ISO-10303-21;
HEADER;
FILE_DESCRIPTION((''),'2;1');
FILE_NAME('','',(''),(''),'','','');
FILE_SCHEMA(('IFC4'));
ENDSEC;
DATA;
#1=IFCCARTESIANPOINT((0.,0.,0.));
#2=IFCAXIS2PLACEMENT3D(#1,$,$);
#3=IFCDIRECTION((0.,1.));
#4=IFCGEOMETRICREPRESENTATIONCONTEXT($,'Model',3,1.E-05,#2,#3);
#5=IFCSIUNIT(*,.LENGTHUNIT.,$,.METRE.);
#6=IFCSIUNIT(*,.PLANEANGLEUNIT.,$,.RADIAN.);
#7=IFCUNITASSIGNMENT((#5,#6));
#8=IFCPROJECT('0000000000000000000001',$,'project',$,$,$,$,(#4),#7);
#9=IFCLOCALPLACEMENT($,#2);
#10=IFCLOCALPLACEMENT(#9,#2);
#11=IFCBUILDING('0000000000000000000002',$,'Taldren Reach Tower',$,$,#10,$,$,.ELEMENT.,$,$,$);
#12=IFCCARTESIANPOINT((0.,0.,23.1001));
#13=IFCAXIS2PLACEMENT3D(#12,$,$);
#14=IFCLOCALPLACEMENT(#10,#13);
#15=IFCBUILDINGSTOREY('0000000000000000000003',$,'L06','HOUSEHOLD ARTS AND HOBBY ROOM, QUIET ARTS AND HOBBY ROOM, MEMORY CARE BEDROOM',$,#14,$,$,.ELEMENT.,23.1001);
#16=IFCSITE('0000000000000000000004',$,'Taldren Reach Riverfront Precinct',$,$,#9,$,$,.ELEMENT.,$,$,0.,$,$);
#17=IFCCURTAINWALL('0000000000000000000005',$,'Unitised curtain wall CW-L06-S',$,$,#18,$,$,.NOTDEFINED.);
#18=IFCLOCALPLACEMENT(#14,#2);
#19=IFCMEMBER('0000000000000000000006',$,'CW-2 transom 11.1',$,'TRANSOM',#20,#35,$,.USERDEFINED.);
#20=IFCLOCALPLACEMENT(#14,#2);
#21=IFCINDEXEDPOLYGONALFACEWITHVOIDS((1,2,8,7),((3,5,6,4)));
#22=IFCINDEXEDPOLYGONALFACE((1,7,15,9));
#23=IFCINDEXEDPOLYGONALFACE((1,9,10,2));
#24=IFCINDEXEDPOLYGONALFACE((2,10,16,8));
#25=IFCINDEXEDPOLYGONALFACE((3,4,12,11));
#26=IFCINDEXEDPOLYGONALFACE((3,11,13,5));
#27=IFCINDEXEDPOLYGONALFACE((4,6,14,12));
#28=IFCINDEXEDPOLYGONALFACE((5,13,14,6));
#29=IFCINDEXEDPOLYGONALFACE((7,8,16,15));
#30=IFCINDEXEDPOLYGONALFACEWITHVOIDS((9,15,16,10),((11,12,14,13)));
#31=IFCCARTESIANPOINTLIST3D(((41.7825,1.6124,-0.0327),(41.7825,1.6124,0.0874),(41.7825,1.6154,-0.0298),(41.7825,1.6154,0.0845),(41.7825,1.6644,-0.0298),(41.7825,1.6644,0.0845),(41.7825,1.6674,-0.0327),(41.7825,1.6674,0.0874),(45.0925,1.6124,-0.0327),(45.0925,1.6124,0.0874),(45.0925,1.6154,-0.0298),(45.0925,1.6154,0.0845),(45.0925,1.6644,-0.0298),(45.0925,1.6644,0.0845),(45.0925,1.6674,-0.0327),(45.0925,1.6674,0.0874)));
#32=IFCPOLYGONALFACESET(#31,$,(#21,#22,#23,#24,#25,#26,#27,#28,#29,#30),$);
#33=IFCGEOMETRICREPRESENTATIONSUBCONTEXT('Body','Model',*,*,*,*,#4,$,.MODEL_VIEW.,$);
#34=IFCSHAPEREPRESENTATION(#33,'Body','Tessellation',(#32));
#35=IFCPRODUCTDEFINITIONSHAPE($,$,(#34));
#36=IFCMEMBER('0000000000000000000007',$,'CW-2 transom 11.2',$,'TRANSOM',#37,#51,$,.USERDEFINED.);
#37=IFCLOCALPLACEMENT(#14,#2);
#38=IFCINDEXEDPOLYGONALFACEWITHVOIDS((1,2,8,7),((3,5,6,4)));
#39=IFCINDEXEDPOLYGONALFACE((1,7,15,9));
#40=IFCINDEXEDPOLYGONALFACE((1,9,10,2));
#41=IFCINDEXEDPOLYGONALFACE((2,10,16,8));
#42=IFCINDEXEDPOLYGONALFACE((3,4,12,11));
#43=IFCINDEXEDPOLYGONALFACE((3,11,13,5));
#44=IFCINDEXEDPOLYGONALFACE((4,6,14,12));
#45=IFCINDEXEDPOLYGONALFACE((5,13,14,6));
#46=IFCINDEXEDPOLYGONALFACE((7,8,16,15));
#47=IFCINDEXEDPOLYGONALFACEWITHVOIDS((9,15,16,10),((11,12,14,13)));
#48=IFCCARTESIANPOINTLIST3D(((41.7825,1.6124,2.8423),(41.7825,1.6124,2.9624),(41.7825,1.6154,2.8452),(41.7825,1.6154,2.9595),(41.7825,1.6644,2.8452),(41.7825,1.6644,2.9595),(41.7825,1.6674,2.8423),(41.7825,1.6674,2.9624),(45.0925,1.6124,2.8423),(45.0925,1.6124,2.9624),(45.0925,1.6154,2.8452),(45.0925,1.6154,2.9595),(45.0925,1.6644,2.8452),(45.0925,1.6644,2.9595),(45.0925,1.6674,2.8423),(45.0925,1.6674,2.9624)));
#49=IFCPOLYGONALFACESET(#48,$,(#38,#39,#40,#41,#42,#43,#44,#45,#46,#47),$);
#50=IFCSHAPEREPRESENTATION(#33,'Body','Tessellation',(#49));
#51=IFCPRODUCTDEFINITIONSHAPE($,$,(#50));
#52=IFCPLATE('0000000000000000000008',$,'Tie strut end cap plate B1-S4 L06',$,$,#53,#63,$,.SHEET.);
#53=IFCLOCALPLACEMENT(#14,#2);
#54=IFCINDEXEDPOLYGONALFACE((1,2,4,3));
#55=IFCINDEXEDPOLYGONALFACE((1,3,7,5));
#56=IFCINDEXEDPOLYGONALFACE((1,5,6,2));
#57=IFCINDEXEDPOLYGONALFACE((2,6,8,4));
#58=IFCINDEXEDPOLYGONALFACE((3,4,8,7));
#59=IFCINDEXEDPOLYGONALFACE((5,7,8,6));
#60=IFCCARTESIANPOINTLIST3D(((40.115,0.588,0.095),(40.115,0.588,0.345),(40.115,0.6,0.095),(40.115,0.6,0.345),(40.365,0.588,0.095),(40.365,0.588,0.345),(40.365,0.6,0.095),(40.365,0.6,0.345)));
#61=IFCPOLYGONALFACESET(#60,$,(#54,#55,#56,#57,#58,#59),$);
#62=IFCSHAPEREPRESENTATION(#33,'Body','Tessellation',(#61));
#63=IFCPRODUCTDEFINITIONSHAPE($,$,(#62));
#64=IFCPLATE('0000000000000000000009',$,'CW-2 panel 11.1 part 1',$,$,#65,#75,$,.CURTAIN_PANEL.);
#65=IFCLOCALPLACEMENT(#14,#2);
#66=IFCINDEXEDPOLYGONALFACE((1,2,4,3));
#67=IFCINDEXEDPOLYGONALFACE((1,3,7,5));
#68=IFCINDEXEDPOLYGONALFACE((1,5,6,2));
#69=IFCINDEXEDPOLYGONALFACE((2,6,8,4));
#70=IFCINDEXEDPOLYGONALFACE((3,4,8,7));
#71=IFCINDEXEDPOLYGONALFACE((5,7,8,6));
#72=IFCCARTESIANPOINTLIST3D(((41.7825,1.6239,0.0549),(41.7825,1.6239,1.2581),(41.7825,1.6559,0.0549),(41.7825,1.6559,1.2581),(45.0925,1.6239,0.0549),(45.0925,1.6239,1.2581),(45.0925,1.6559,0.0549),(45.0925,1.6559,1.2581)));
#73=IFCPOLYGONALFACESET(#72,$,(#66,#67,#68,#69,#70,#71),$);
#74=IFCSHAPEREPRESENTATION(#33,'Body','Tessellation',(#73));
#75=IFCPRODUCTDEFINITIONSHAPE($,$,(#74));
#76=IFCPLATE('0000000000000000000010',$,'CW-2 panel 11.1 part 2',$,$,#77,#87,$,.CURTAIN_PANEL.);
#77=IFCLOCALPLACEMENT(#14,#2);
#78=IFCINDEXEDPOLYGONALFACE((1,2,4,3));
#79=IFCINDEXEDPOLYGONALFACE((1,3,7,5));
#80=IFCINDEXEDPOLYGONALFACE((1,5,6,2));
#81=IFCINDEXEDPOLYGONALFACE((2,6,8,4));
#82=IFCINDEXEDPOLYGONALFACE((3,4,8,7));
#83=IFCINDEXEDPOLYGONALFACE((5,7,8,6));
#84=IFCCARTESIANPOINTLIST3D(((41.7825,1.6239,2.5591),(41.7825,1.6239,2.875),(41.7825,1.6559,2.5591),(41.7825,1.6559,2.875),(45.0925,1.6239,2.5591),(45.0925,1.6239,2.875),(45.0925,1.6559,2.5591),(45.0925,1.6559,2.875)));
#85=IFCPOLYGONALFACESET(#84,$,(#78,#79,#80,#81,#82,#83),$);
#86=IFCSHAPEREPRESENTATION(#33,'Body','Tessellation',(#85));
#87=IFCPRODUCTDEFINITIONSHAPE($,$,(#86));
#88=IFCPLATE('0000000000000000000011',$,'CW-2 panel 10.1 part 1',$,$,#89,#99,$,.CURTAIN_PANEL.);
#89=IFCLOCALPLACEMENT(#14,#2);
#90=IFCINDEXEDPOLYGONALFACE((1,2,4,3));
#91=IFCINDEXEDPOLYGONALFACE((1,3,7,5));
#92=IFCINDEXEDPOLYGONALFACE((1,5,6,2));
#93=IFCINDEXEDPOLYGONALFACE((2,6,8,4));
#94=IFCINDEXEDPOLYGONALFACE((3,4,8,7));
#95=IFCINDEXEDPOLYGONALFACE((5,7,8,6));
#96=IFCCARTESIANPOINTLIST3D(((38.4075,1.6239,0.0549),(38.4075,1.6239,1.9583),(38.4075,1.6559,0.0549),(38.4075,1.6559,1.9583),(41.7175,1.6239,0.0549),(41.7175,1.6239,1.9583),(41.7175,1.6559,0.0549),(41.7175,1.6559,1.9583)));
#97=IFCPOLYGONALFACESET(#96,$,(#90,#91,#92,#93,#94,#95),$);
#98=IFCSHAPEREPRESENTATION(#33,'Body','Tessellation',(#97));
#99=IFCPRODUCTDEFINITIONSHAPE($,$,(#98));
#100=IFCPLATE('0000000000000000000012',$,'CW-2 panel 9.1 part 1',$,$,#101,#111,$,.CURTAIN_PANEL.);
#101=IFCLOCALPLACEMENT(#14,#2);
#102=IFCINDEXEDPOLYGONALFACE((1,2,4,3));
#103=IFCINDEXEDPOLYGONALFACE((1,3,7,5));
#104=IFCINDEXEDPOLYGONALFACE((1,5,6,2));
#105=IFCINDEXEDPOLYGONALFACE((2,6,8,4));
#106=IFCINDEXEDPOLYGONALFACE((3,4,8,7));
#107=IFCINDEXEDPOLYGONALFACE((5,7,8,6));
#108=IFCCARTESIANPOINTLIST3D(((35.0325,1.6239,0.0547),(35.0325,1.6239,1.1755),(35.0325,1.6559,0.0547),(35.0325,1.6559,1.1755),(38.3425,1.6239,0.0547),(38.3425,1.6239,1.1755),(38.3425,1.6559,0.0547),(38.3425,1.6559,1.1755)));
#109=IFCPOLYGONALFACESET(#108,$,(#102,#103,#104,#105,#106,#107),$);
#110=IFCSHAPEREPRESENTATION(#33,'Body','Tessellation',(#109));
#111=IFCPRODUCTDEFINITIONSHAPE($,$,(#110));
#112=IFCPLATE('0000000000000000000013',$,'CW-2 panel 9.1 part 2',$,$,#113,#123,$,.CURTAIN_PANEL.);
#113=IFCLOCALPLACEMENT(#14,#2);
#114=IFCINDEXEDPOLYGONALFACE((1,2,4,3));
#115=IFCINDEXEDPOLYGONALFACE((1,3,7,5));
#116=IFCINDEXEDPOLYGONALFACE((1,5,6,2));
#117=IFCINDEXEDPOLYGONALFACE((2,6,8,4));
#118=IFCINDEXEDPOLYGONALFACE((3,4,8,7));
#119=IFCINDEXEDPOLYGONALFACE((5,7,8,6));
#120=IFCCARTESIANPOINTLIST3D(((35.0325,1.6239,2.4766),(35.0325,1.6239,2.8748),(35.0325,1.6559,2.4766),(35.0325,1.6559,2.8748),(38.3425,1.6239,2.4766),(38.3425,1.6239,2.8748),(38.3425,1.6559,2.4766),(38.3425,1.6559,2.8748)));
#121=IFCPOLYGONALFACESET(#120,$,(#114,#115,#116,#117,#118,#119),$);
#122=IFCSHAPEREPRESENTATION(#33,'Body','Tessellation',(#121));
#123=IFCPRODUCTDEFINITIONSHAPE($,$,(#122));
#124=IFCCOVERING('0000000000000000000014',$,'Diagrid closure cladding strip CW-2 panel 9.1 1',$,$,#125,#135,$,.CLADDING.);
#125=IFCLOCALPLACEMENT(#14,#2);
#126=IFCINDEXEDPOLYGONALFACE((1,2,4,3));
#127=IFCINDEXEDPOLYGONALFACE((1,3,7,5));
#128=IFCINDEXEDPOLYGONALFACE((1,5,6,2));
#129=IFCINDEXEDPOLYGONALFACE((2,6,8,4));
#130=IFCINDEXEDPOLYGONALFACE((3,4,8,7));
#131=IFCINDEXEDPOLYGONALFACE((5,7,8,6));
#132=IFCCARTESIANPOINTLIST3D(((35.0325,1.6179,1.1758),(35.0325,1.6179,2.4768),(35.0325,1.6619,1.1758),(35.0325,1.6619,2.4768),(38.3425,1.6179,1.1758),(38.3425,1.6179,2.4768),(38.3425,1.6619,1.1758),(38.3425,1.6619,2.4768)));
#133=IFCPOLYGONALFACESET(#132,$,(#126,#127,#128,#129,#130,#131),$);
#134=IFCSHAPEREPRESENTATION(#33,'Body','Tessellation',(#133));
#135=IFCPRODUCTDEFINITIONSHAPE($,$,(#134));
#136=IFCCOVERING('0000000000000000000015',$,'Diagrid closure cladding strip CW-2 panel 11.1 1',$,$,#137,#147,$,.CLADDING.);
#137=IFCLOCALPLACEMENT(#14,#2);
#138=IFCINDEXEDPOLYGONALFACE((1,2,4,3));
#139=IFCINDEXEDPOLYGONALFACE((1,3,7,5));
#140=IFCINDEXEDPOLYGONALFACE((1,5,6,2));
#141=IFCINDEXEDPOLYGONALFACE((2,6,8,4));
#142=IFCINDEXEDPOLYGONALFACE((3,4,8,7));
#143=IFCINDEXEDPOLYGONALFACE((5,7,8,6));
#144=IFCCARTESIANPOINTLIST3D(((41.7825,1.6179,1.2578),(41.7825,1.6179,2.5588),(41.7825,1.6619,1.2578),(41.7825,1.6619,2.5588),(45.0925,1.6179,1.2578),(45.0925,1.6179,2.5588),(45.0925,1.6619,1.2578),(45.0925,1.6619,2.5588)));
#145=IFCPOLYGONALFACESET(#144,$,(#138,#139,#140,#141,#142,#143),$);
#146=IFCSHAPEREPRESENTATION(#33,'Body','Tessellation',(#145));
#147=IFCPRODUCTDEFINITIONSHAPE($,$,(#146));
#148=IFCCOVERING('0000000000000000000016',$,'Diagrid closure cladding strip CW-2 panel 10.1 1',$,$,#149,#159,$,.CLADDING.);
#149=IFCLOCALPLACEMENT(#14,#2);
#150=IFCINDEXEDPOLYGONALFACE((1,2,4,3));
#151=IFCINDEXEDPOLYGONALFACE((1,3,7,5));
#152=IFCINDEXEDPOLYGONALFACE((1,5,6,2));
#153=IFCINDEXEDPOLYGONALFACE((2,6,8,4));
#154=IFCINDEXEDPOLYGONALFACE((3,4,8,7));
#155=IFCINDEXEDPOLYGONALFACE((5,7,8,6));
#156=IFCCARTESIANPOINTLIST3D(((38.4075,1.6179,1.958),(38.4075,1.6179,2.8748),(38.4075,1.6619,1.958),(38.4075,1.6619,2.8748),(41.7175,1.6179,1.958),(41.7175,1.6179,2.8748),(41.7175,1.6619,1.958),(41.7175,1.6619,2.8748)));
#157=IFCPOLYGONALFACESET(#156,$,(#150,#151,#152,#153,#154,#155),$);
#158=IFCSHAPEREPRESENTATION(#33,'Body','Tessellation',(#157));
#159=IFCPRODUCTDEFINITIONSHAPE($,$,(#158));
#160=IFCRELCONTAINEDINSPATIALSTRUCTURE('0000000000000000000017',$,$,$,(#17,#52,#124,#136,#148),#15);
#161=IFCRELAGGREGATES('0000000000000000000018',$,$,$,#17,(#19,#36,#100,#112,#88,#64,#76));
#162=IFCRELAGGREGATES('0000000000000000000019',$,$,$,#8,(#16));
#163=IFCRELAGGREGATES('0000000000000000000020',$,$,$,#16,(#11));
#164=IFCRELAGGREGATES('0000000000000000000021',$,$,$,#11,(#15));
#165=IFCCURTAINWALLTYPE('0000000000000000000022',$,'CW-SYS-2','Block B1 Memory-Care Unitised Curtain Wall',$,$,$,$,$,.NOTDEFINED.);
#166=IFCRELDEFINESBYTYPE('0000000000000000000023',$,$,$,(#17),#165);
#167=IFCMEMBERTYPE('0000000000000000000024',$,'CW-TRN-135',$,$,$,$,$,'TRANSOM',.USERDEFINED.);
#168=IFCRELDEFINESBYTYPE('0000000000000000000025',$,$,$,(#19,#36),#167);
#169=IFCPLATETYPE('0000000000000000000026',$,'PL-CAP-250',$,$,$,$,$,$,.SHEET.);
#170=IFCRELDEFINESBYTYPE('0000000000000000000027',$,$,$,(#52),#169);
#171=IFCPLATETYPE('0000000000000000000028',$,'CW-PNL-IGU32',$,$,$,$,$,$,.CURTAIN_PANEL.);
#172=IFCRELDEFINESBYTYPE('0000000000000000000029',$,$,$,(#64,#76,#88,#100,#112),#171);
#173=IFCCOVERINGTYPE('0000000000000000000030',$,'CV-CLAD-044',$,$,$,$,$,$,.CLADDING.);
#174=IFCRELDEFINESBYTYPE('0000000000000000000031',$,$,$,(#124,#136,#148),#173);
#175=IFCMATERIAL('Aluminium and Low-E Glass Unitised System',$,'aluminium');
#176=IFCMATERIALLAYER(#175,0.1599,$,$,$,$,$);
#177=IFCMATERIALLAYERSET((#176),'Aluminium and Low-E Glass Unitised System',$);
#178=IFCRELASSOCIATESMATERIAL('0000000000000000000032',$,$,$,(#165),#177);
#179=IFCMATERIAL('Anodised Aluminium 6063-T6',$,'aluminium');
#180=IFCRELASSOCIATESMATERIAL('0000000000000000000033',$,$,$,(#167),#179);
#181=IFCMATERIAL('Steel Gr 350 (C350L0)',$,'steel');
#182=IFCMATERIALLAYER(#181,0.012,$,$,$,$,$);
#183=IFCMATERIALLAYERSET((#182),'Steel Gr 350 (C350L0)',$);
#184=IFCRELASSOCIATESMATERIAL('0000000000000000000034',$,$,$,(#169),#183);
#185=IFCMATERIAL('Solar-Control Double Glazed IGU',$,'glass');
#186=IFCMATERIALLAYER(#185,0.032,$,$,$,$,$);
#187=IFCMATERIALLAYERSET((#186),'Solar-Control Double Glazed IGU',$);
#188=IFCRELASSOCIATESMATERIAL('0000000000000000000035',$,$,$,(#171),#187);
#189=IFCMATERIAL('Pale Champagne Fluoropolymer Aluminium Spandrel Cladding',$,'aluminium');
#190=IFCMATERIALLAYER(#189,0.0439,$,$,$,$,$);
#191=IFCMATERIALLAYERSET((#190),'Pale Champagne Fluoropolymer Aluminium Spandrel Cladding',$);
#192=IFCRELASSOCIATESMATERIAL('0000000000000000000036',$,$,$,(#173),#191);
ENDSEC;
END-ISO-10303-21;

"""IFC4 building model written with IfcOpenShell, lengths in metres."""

from ifc_helpers import new_model, si_unit, direction, frame, origin, origin_2d, place, context, subcontext, project, spatial, rectangle, hollow_rectangle, extrude, source, transform, mapped, material, layer, layer_set, material_profile, profile_set, type_object, element, aggregate, save


model = new_model("IFC4")

# Units and contexts
model_context = context("Model", 3, precision=1e-05, world=origin(), true_north=direction((0.0, 1.0)))
body_context = subcontext(model_context, "Body", "Model", "MODEL_VIEW")
ifc_project = project(units=[si_unit("LENGTHUNIT", "METRE"), si_unit("PLANEANGLEUNIT", "RADIAN")], contexts=[model_context])

# Site, building, storey
site_placement = place(None, origin())
site = spatial("IfcSite", under=ifc_project, at=site_placement, Name="Taldren Reach Riverfront Precinct", CompositionType="ELEMENT", RefElevation=0.0)
building_placement = place(site_placement, origin())
building = spatial("IfcBuilding", under=site, at=building_placement, Name="Taldren Reach Tower", CompositionType="ELEMENT")
storey_placement = place(building_placement, frame((0.0, 0.0, 23.1001)))
storey = spatial("IfcBuildingStorey", under=building, at=storey_placement, Name="L06", Description="HOUSEHOLD ARTS AND HOBBY ROOM, QUIET ARTS AND HOBBY ROOM, MEMORY CARE BEDROOM", CompositionType="ELEMENT", Elevation=23.1001)

# Shared definitions
ifc_material_1 = material(Name="Steel Gr 350 (C350L0)", Category="steel")

# Curtain wall, members
ifc_material_2 = material(Name="Aluminium and Low-E Glass Unitised System", Category="aluminium")
ifc_layer_1 = layer(ifc_material_2, 0.1599)
ifc_layer_set_1 = layer_set([ifc_layer_1], Name="Aluminium and Low-E Glass Unitised System")
curtain_wall_type = type_object("IfcCurtainWallType", Name="CW-SYS-2", Description="Block B1 Memory-Care Unitised Curtain Wall", PredefinedType="NOTDEFINED", material=ifc_layer_set_1)
curtain_wall_placement = place(storey_placement, origin())
curtain_wall = element("IfcCurtainWall", 1, at=curtain_wall_placement, inside=storey, type_object=curtain_wall_type, Name="Unitised curtain wall CW-L06-S", PredefinedType="NOTDEFINED")
ifc_material_3 = material(Name="Anodised Aluminium 6063-T6", Category="aluminium")
ifc_material_profile_1 = material_profile(ifc_material_3, hollow_rectangle(XDim=0.0549, YDim=0.1201, WallThickness=0.0029, at=origin_2d()), Name="ALU-120x55x3RHS")
ifc_profile_set_1 = profile_set([ifc_material_profile_1], Name="Anodised Aluminium 6063-T6")
member_type_1 = type_object("IfcMemberType", Name="CW-TRN-135", ElementType="TRANSOM", PredefinedType="USERDEFINED", material=ifc_profile_set_1)
shared_shape_1 = source(origin(), body_context, "Body", "SweptSolid", [
    extrude(hollow_rectangle(XDim=0.0549, YDim=0.1201, WallThickness=0.0029, at=origin_2d()), origin(), (0.0, 0.0, 1.0), 3.3101),
])
member_1_placement = place(storey_placement, frame((41.7825, 1.6399, 0.0273), z_axis=(1.0, 0.0, 0.0), x_axis=(0.0, 1.0, 0.0)))
member_1 = element("IfcMember", 2, at=member_1_placement, type_object=member_type_1, Name="CW-2 transom 11.1", ObjectType="TRANSOM", PredefinedType="USERDEFINED", context=body_context, shape_type="MappedRepresentation", body=[
    mapped(shared_shape_1, transform((0.0, 0.0, 0.0), scale=1.0)),
])
member_2_placement = place(storey_placement, frame((41.7825, 1.6399, 2.9023), z_axis=(1.0, 0.0, 0.0), x_axis=(0.0, 1.0, 0.0)))
member_2 = element("IfcMember", 3, at=member_2_placement, type_object=member_type_1, Name="CW-2 transom 11.2", ObjectType="TRANSOM", PredefinedType="USERDEFINED", context=body_context, shape_type="MappedRepresentation", body=[
    mapped(shared_shape_1, transform((0.0, 0.0, 0.0), scale=1.0)),
])

# Plates
ifc_layer_2 = layer(ifc_material_1, 0.012)
ifc_layer_set_2 = layer_set([ifc_layer_2], Name="Steel Gr 350 (C350L0)")
plate_type_1 = type_object("IfcPlateType", Name="PL-CAP-250", PredefinedType="SHEET", material=ifc_layer_set_2)
shared_shape_2 = source(origin(), body_context, "Body", "SweptSolid", [
    extrude(rectangle(XDim=0.25, YDim=0.012, at=origin_2d()), origin(), (0.0, 0.0, 1.0), 0.25),
])
plate_1_placement = place(storey_placement, frame((40.24, 0.594, 0.095), z_axis=(0.0, 0.0, 1.0), x_axis=(1.0, 0.0, 0.0)))
element("IfcPlate", 4, at=plate_1_placement, inside=storey, type_object=plate_type_1, Name="Tie strut end cap plate B1-S4 L06", PredefinedType="SHEET", context=body_context, shape_type="MappedRepresentation", body=[
    mapped(shared_shape_2, transform((0.0, 0.0, 0.0), scale=1.0)),
])
ifc_material_4 = material(Name="Solar-Control Double Glazed IGU", Category="glass")
ifc_layer_3 = layer(ifc_material_4, 0.032)
ifc_layer_set_3 = layer_set([ifc_layer_3], Name="Solar-Control Double Glazed IGU")
plate_type_2 = type_object("IfcPlateType", Name="CW-PNL-IGU32", PredefinedType="CURTAIN_PANEL", material=ifc_layer_set_3)
shared_shape_3 = source(origin(), body_context, "Body", "SweptSolid", [
    extrude(rectangle(XDim=3.3101, YDim=0.032, at=origin_2d()), origin(), (0.0, 0.0, 1.0), 1.2031),
])
plate_2_placement = place(storey_placement, frame((43.4375, 1.6399, 0.0549), z_axis=(0.0, 0.0, 1.0), x_axis=(1.0, 0.0, 0.0)))
plate_2 = element("IfcPlate", 5, at=plate_2_placement, type_object=plate_type_2, Name="CW-2 panel 11.1 part 1", PredefinedType="CURTAIN_PANEL", context=body_context, shape_type="MappedRepresentation", body=[
    mapped(shared_shape_3, transform((0.0, 0.0, 0.0), scale=1.0)),
])
shared_shape_4 = source(origin(), body_context, "Body", "SweptSolid", [
    extrude(rectangle(XDim=3.3101, YDim=0.032, at=origin_2d()), origin(), (0.0, 0.0, 1.0), 0.3159),
])
plate_3_placement = place(storey_placement, frame((43.4375, 1.6399, 2.5591), z_axis=(0.0, 0.0, 1.0), x_axis=(1.0, 0.0, 0.0)))
plate_3 = element("IfcPlate", 6, at=plate_3_placement, type_object=plate_type_2, Name="CW-2 panel 11.1 part 2", PredefinedType="CURTAIN_PANEL", context=body_context, shape_type="MappedRepresentation", body=[
    mapped(shared_shape_4, transform((0.0, 0.0, 0.0), scale=1.0)),
])
shared_shape_5 = source(origin(), body_context, "Body", "SweptSolid", [
    extrude(rectangle(XDim=3.3101, YDim=0.032, at=origin_2d()), origin(), (0.0, 0.0, 1.0), 1.9033),
])
plate_4_placement = place(storey_placement, frame((40.0625, 1.6399, 0.0549), z_axis=(0.0, 0.0, 1.0), x_axis=(1.0, 0.0, 0.0)))
plate_4 = element("IfcPlate", 7, at=plate_4_placement, type_object=plate_type_2, Name="CW-2 panel 10.1 part 1", PredefinedType="CURTAIN_PANEL", context=body_context, shape_type="MappedRepresentation", body=[
    mapped(shared_shape_5, transform((0.0, 0.0, 0.0), scale=1.0)),
])
shared_shape_6 = source(origin(), body_context, "Body", "SweptSolid", [
    extrude(rectangle(XDim=3.3101, YDim=0.032, at=origin_2d()), origin(), (0.0, 0.0, 1.0), 1.1208),
])
plate_5_placement = place(storey_placement, frame((36.6875, 1.6399, 0.0547), z_axis=(0.0, 0.0, 1.0), x_axis=(1.0, 0.0, 0.0)))
plate_5 = element("IfcPlate", 8, at=plate_5_placement, type_object=plate_type_2, Name="CW-2 panel 9.1 part 1", PredefinedType="CURTAIN_PANEL", context=body_context, shape_type="MappedRepresentation", body=[
    mapped(shared_shape_6, transform((0.0, 0.0, 0.0), scale=1.0)),
])
shared_shape_7 = source(origin(), body_context, "Body", "SweptSolid", [
    extrude(rectangle(XDim=3.3101, YDim=0.032, at=origin_2d()), origin(), (0.0, 0.0, 1.0), 0.3982),
])
plate_6_placement = place(storey_placement, frame((36.6875, 1.6399, 2.4766), z_axis=(0.0, 0.0, 1.0), x_axis=(1.0, 0.0, 0.0)))
plate_6 = element("IfcPlate", 9, at=plate_6_placement, type_object=plate_type_2, Name="CW-2 panel 9.1 part 2", PredefinedType="CURTAIN_PANEL", context=body_context, shape_type="MappedRepresentation", body=[
    mapped(shared_shape_7, transform((0.0, 0.0, 0.0), scale=1.0)),
])
aggregate(curtain_wall, [member_1, member_2, plate_5, plate_6, plate_4, plate_2, plate_3])

# Coverings
ifc_material_5 = material(Name="Pale Champagne Fluoropolymer Aluminium Spandrel Cladding", Category="aluminium")
ifc_layer_4 = layer(ifc_material_5, 0.0439)
ifc_layer_set_4 = layer_set([ifc_layer_4], Name="Pale Champagne Fluoropolymer Aluminium Spandrel Cladding")
covering_type = type_object("IfcCoveringType", Name="CV-CLAD-044", PredefinedType="CLADDING", material=ifc_layer_set_4)
shared_shape_8 = source(origin(), body_context, "Body", "SweptSolid", [
    extrude(rectangle(XDim=3.3101, YDim=0.0439, at=origin_2d()), origin(), (0.0, 0.0, 1.0), 1.301),
])
for number, where, z_axis, x_axis, name in (
    (10, (36.6875, 1.6399, 1.1758), (0.0, 0.0, 1.0), (1.0, 0.0, 0.0), "Diagrid closure cladding strip CW-2 panel 9.1 1"),
    (11, (43.4375, 1.6399, 1.2578), (0.0, 0.0, 1.0), (1.0, 0.0, 0.0), "Diagrid closure cladding strip CW-2 panel 11.1 1"),
):
    element("IfcCovering", number, at=place(storey_placement, frame(where, z_axis=z_axis, x_axis=x_axis)), inside=storey, type_object=covering_type, Name=name, PredefinedType="CLADDING", context=body_context, shape_type="MappedRepresentation", body=[
        mapped(shared_shape_8, transform((0.0, 0.0, 0.0), scale=1.0)),
    ])
shared_shape_9 = source(origin(), body_context, "Body", "SweptSolid", [
    extrude(rectangle(XDim=3.3101, YDim=0.0439, at=origin_2d()), origin(), (0.0, 0.0, 1.0), 0.9167),
])
covering_placement = place(storey_placement, frame((40.0625, 1.6399, 1.958), z_axis=(0.0, 0.0, 1.0), x_axis=(1.0, 0.0, 0.0)))
element("IfcCovering", 12, at=covering_placement, inside=storey, type_object=covering_type, Name="Diagrid closure cladding strip CW-2 panel 10.1 1", PredefinedType="CLADDING", context=body_context, shape_type="MappedRepresentation", body=[
    mapped(shared_shape_9, transform((0.0, 0.0, 0.0), scale=1.0)),
])

save(model, "model.ifc")
